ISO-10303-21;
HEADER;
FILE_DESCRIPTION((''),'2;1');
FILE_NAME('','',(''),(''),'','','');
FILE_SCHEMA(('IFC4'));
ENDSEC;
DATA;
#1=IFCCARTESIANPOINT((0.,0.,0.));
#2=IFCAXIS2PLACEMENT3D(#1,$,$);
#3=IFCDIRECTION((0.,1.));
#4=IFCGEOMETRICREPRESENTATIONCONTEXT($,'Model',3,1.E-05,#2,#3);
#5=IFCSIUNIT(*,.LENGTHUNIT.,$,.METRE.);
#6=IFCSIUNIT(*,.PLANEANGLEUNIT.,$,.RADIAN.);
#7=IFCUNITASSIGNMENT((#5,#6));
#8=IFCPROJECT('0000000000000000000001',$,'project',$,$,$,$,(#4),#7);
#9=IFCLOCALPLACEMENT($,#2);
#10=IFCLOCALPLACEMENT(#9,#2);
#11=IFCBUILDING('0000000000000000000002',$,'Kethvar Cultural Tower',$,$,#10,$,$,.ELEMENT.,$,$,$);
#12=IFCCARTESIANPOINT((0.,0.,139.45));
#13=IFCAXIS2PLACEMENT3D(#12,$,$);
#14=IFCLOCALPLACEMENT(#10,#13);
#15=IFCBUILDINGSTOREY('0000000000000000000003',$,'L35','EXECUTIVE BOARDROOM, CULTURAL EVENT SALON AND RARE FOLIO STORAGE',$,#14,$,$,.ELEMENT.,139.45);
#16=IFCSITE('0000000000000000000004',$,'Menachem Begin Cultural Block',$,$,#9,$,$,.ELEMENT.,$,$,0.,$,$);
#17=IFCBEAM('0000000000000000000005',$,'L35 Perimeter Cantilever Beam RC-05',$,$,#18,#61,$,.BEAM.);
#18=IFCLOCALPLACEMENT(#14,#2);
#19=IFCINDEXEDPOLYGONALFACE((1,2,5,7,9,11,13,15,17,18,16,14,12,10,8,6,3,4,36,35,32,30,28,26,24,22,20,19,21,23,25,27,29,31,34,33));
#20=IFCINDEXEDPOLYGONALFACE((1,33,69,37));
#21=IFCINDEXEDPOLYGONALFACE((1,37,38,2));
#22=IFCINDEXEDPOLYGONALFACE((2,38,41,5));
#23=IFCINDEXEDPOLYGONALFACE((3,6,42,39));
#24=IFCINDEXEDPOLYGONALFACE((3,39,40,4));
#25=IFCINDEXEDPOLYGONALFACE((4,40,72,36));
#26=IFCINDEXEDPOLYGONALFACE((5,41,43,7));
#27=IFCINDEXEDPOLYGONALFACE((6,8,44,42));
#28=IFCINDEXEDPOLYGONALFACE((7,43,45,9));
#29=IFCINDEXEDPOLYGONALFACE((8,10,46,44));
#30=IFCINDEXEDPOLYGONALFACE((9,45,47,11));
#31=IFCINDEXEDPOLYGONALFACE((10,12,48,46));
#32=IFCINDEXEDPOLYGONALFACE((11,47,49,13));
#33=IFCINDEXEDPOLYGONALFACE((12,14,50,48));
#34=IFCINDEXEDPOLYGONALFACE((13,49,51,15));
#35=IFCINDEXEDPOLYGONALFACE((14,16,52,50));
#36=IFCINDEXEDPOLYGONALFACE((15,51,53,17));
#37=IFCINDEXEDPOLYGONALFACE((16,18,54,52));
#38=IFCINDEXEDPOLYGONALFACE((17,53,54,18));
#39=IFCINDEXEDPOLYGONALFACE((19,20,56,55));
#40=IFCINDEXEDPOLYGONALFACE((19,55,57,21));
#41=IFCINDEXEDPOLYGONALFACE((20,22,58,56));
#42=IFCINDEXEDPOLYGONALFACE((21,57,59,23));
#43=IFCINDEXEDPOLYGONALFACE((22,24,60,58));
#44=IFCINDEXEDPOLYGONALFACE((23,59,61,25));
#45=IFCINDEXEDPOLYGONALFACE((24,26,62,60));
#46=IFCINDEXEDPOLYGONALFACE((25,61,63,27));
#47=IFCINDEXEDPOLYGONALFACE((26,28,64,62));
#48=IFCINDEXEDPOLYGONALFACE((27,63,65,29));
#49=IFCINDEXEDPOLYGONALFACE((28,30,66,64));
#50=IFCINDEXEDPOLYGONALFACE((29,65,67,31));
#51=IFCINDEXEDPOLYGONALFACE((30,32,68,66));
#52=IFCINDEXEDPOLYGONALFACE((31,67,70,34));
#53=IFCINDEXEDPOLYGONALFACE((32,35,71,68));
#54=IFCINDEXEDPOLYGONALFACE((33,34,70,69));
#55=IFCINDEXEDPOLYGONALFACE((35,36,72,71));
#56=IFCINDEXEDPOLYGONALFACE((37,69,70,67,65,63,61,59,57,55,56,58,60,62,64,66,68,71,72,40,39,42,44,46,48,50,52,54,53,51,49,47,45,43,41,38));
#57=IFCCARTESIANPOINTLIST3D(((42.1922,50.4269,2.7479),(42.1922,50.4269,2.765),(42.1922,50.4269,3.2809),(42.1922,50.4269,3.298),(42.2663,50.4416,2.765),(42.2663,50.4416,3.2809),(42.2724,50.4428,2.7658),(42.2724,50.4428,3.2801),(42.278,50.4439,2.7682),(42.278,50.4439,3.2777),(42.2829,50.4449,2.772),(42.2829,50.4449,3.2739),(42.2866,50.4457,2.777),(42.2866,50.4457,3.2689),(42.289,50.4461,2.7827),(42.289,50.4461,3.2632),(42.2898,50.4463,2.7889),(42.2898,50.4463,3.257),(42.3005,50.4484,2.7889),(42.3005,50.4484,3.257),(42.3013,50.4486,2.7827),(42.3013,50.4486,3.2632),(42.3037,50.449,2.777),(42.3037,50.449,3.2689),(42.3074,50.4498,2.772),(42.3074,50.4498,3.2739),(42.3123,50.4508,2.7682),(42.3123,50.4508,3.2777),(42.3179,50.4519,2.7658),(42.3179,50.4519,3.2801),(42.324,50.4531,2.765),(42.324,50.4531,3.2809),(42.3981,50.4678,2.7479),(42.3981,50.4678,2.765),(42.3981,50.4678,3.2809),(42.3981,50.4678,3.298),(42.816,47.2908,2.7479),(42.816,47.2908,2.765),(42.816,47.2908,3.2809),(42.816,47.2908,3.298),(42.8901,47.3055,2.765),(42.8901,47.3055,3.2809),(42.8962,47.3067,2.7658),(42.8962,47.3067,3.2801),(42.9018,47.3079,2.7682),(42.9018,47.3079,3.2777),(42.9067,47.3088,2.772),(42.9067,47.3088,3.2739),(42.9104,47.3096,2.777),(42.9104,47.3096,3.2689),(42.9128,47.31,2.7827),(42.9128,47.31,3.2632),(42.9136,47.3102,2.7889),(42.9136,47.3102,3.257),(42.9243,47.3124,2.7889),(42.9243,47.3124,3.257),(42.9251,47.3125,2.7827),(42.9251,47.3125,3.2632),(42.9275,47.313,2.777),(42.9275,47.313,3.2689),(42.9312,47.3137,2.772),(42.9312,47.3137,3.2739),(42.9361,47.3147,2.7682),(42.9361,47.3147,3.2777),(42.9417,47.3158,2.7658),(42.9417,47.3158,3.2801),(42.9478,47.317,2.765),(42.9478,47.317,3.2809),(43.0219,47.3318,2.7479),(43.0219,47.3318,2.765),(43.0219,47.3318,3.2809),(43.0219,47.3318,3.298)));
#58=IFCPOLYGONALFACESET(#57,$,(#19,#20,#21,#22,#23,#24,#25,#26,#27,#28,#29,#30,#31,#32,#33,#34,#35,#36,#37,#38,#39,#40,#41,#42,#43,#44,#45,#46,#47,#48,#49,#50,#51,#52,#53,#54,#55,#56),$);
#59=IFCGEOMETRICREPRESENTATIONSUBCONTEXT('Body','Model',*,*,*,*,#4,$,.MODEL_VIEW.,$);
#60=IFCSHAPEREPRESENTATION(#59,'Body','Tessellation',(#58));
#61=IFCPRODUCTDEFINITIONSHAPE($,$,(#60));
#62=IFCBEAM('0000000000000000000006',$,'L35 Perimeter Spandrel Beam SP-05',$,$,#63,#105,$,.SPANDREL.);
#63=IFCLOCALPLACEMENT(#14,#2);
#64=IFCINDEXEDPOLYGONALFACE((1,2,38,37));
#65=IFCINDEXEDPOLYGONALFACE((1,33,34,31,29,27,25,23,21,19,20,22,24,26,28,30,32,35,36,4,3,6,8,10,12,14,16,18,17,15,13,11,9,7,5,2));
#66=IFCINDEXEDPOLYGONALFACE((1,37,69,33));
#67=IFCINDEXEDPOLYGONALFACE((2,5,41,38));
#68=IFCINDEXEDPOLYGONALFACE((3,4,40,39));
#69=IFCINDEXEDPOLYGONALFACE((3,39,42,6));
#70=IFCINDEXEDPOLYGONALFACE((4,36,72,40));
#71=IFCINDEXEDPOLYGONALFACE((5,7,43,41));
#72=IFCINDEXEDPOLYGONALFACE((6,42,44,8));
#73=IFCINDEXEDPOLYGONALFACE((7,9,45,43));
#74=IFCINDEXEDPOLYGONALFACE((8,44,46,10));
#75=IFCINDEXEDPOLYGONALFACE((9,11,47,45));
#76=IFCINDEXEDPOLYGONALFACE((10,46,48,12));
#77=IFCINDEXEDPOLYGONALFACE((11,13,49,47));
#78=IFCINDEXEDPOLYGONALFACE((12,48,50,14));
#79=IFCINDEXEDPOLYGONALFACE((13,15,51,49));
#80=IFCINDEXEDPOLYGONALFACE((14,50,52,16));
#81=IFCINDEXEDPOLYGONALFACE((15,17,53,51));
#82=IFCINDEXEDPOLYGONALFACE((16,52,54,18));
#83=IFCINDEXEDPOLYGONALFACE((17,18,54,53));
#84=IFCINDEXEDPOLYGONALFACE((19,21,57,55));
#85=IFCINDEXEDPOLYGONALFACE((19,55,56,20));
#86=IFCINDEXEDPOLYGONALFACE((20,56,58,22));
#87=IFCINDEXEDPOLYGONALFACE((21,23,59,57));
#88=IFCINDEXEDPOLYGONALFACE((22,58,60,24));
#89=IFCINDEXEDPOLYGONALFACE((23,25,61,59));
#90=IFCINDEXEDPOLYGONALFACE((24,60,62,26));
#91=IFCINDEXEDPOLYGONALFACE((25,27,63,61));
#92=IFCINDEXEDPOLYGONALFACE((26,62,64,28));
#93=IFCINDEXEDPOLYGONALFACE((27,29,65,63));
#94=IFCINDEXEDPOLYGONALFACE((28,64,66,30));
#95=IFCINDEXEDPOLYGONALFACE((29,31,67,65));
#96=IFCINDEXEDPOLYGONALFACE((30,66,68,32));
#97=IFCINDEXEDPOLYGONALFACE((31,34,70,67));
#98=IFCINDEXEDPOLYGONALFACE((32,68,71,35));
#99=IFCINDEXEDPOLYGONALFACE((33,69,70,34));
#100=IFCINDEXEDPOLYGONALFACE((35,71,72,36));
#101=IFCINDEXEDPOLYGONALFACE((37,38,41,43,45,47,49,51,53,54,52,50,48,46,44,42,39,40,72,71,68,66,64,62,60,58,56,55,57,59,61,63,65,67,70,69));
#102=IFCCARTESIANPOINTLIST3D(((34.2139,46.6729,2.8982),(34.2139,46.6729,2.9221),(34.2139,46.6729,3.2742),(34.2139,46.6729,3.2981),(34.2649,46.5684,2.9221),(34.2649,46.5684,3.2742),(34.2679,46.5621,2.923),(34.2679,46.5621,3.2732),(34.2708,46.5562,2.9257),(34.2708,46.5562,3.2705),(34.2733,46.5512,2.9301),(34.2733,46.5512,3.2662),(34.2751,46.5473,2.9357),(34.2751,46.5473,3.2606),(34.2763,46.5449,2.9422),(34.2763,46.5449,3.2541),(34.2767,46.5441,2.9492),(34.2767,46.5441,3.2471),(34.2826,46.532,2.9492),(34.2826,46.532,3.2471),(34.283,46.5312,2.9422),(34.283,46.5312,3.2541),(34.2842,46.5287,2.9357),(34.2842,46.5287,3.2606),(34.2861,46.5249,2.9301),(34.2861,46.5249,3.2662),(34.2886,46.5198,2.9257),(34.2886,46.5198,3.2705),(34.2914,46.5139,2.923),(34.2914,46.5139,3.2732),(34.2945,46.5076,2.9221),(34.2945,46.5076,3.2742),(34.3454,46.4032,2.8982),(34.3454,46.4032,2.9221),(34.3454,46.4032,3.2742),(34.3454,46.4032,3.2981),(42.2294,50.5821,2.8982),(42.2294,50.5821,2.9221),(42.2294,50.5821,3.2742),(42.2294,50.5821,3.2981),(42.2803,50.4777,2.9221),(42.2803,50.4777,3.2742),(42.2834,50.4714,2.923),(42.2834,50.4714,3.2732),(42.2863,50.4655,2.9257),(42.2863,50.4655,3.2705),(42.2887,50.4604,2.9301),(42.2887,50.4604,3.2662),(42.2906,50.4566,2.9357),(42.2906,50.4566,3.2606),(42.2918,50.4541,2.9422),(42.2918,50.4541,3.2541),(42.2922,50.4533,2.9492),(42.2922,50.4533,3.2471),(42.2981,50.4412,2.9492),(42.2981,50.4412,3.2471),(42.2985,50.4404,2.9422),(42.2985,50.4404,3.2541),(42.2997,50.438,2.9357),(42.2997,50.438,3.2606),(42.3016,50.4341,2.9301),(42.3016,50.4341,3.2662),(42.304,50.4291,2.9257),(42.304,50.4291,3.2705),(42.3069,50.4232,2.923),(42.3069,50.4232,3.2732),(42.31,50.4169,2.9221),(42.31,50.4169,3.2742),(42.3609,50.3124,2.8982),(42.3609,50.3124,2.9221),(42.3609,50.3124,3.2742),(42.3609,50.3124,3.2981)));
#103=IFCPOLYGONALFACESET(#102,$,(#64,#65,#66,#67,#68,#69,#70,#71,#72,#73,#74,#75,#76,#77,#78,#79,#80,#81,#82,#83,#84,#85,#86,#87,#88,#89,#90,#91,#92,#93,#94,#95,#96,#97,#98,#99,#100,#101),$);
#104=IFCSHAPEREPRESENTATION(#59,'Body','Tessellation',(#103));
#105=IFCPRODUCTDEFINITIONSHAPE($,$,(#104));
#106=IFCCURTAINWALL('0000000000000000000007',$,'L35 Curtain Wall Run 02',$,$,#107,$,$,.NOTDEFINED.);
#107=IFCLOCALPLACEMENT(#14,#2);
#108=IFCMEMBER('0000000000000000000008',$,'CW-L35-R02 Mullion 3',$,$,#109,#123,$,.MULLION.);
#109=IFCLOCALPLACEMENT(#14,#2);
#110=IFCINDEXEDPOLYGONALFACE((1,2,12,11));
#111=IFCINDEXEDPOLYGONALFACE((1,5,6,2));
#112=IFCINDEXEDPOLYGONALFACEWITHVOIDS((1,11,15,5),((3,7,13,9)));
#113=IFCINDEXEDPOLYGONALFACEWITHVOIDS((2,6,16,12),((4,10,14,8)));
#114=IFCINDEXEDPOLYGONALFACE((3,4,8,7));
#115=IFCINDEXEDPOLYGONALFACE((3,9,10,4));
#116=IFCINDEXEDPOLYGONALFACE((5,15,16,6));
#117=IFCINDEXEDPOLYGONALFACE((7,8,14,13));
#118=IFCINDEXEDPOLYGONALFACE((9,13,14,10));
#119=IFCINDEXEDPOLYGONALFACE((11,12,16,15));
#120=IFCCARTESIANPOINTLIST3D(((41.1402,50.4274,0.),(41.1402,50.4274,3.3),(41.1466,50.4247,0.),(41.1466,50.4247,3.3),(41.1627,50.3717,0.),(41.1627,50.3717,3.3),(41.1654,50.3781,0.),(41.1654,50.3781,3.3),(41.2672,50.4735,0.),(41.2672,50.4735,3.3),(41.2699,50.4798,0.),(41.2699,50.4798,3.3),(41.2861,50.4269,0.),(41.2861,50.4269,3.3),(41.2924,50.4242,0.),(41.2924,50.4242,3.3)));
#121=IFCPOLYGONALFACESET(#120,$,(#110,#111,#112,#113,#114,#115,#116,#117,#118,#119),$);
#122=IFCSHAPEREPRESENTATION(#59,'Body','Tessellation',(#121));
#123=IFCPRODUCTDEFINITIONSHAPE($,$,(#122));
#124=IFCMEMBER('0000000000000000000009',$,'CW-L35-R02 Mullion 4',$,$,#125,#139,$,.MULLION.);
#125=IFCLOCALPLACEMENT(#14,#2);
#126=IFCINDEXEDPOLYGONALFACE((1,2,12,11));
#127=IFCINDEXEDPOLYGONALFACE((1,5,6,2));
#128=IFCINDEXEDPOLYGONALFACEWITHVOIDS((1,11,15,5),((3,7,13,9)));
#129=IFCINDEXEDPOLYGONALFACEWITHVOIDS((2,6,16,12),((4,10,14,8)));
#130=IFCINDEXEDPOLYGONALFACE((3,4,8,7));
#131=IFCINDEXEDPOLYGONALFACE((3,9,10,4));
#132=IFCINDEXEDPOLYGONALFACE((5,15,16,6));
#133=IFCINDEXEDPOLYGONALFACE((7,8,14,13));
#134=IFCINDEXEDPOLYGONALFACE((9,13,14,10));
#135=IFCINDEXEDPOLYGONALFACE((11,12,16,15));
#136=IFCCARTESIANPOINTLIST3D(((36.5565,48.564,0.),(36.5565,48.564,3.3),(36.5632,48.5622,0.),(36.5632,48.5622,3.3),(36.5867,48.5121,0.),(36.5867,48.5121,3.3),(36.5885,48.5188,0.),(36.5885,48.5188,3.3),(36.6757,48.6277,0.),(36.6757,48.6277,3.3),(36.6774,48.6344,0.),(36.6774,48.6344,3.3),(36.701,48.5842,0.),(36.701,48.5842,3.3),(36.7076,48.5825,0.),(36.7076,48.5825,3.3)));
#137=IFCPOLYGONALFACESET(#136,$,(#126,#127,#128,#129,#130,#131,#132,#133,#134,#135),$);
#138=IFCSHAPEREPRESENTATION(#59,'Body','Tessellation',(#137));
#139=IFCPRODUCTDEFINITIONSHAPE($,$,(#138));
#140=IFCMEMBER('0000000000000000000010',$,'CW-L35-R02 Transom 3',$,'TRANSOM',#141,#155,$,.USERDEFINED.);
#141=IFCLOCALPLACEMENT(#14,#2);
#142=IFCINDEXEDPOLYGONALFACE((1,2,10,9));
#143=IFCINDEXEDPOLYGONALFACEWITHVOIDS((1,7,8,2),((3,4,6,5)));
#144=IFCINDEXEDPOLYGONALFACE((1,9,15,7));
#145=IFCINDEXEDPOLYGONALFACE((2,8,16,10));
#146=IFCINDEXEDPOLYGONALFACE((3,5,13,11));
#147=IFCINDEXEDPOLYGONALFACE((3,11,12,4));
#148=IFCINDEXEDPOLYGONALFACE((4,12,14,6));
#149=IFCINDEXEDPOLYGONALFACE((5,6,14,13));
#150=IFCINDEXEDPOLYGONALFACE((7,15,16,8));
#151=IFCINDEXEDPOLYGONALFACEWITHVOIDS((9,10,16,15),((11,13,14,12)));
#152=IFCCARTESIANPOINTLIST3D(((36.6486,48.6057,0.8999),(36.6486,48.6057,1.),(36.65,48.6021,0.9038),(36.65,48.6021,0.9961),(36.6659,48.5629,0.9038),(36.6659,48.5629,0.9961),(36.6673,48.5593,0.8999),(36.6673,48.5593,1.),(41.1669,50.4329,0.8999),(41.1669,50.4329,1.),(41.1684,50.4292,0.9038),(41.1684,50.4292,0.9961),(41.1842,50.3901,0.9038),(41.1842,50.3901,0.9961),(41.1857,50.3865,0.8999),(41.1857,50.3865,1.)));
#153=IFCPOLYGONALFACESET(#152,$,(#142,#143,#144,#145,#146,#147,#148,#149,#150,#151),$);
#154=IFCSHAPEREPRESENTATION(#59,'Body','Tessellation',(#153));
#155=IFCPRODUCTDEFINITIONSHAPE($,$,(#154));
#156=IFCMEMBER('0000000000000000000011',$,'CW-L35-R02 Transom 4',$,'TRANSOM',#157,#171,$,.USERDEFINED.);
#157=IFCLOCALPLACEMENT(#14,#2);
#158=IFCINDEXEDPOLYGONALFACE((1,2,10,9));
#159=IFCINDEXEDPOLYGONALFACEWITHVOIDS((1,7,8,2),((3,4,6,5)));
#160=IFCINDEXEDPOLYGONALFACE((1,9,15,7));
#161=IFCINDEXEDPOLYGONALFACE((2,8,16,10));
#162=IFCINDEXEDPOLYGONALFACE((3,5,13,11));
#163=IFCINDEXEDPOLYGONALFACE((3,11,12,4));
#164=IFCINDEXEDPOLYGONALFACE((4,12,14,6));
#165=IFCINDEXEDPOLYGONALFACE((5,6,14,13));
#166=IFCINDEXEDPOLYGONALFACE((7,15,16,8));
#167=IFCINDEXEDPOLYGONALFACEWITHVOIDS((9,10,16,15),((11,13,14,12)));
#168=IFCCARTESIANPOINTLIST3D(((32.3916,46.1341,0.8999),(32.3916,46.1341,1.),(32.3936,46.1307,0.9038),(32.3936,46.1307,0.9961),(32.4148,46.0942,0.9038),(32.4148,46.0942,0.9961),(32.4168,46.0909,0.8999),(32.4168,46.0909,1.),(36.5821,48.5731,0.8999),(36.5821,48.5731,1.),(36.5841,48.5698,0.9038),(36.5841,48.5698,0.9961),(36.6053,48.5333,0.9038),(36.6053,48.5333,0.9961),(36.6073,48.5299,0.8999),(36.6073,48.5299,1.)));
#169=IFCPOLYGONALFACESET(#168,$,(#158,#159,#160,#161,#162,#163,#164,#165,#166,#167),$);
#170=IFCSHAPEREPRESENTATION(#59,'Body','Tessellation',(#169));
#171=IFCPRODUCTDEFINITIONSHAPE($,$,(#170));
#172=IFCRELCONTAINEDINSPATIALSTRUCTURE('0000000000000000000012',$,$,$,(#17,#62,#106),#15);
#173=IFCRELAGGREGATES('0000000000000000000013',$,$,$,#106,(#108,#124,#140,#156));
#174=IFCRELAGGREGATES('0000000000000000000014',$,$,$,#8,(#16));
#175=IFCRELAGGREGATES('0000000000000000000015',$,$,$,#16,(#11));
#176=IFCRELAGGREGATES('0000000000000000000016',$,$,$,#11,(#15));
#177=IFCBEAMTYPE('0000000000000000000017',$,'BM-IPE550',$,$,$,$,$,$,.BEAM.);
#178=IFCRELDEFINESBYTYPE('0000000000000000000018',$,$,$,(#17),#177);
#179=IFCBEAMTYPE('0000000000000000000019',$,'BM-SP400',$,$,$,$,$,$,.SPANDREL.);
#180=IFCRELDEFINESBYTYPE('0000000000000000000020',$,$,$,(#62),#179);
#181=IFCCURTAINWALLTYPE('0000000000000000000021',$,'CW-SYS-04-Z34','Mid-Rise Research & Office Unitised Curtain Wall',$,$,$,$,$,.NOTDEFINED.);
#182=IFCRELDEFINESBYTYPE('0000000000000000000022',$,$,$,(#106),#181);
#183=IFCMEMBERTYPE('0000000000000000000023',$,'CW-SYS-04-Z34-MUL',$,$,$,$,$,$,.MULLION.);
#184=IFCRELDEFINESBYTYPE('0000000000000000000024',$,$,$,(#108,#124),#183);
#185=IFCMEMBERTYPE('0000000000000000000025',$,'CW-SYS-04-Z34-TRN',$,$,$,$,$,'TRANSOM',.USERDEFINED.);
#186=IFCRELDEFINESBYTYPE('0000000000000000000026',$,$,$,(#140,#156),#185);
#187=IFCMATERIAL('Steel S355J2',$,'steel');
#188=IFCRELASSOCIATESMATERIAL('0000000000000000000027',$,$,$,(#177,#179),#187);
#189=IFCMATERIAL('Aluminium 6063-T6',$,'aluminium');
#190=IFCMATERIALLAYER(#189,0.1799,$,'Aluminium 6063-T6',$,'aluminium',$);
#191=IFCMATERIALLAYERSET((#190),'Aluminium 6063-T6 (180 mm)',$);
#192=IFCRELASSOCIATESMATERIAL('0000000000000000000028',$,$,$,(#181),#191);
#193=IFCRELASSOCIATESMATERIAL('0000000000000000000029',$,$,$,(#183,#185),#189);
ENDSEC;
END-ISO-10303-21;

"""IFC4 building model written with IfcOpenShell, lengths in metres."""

from ifc_helpers import new_model, si_unit, direction, frame, origin, origin_2d, place, context, subcontext, project, spatial, hollow_rectangle, i_section, extrude, source, transform, mapped, material, layer, layer_set, material_profile, profile_set, type_object, element, aggregate, save


model = new_model("IFC4")

# Units and contexts
model_context = context("Model", 3, precision=1e-05, world=origin(), true_north=direction((0.0, 1.0)))
body_context = subcontext(model_context, "Body", "Model", "MODEL_VIEW")
ifc_project = project(units=[si_unit("LENGTHUNIT", "METRE"), si_unit("PLANEANGLEUNIT", "RADIAN")], contexts=[model_context])

# Site, building, storey
site_placement = place(None, origin())
site = spatial("IfcSite", under=ifc_project, at=site_placement, Name="Menachem Begin Cultural Block", CompositionType="ELEMENT", RefElevation=0.0)
building_placement = place(site_placement, origin())
building = spatial("IfcBuilding", under=site, at=building_placement, Name="Kethvar Cultural Tower", CompositionType="ELEMENT")
storey_placement = place(building_placement, frame((0.0, 0.0, 139.45)))
storey = spatial("IfcBuildingStorey", under=building, at=storey_placement, Name="L35", Description="EXECUTIVE BOARDROOM, CULTURAL EVENT SALON AND RARE FOLIO STORAGE", CompositionType="ELEMENT", Elevation=139.45)

# Beams
ifc_material_1 = material(Name="Steel S355J2", Category="steel")
ifc_material_profile_1 = material_profile(ifc_material_1, i_section(OverallWidth=0.21, OverallDepth=0.55, WebThickness=0.011, FlangeThickness=0.0171, FilletRadius=0.0239, at=origin_2d()), Name="Steel S355J2 — IPE550")
ifc_profile_set_1 = profile_set([ifc_material_profile_1], Name="Steel S355J2 — IPE550")
beam_type_1 = type_object("IfcBeamType", Name="BM-IPE550", PredefinedType="BEAM", material=ifc_profile_set_1)
shared_shape_1 = source(origin(), body_context, "Body", "SweptSolid", [
    extrude(i_section(OverallWidth=0.21, OverallDepth=0.55, WebThickness=0.011, FlangeThickness=0.0171, FilletRadius=0.0239, at=origin_2d()), origin(), (0.0, 0.0, 1.0), 3.1975),
])
beam_1_placement = place(storey_placement, frame((42.9189, 47.3113, 3.0229), z_axis=(-0.195088, 0.980786, 0.0), x_axis=(-0.980786, -0.195088, 0.0)))
element("IfcBeam", 1, at=beam_1_placement, inside=storey, type_object=beam_type_1, Name="L35 Perimeter Cantilever Beam RC-05", PredefinedType="BEAM", context=body_context, shape_type="MappedRepresentation", body=[
    mapped(shared_shape_1, transform((0.0, 0.0, 0.0), scale=1.0)),
])
ifc_material_profile_2 = material_profile(ifc_material_1, i_section(OverallWidth=0.3, OverallDepth=0.3999, WebThickness=0.0134, FlangeThickness=0.0239, FilletRadius=0.0271, at=origin_2d()), Name="Steel S355J2 — HEB400")
ifc_profile_set_2 = profile_set([ifc_material_profile_2], Name="Steel S355J2 — HEB400")
beam_type_2 = type_object("IfcBeamType", Name="BM-SP400", PredefinedType="SPANDREL", material=ifc_profile_set_2)
shared_shape_2 = source(origin(), body_context, "Body", "SweptSolid", [
    extrude(i_section(OverallWidth=0.3, OverallDepth=0.3999, WebThickness=0.0134, FlangeThickness=0.0239, FilletRadius=0.0271, at=origin_2d()), origin(), (0.0, 0.0, 1.0), 8.918),
])
beam_2_placement = place(storey_placement, frame((42.2952, 50.4473, 3.0981), z_axis=(-0.898802, -0.438355, 0.0), x_axis=(0.438355, -0.898802, 0.0)))
element("IfcBeam", 2, at=beam_2_placement, inside=storey, type_object=beam_type_2, Name="L35 Perimeter Spandrel Beam SP-05", PredefinedType="SPANDREL", context=body_context, shape_type="MappedRepresentation", body=[
    mapped(shared_shape_2, transform((0.0, 0.0, 0.0), scale=1.0)),
])

# Curtain wall, members
ifc_material_2 = material(Name="Aluminium 6063-T6", Category="aluminium")
ifc_layer_1 = layer(ifc_material_2, 0.1799, Name="Aluminium 6063-T6", Category="aluminium")
ifc_layer_set_1 = layer_set([ifc_layer_1], Name="Aluminium 6063-T6 (180 mm)")
curtain_wall_type = type_object("IfcCurtainWallType", Name="CW-SYS-04-Z34", Description="Mid-Rise Research & Office Unitised Curtain Wall", PredefinedType="NOTDEFINED", material=ifc_layer_set_1)
curtain_wall_placement = place(storey_placement, origin())
curtain_wall = element("IfcCurtainWall", 3, at=curtain_wall_placement, inside=storey, type_object=curtain_wall_type, Name="L35 Curtain Wall Run 02", PredefinedType="NOTDEFINED")
ifc_material_profile_3 = material_profile(ifc_material_2, hollow_rectangle(XDim=0.0601, YDim=0.1399, WallThickness=0.0049, at=origin_2d()), Name="Aluminium 6063-T6 — RHS140x60x5")
ifc_profile_set_3 = profile_set([ifc_material_profile_3], Name="Aluminium 6063-T6 — RHS140x60x5")
member_type_1 = type_object("IfcMemberType", Name="CW-SYS-04-Z34-MUL", PredefinedType="MULLION", material=ifc_profile_set_3)
shared_shape_3 = source(origin(), body_context, "Body", "SweptSolid", [
    extrude(hollow_rectangle(XDim=0.0601, YDim=0.1399, WallThickness=0.0049, at=origin_2d()), origin(), (0.0, 0.0, 1.0), 3.3),
])
member_1_placement = place(storey_placement, frame((41.2163, 50.4258, 0.0), z_axis=(0.0, 0.0, 1.0), x_axis=(0.374898, -0.927066, 0.0)))
member_1 = element("IfcMember", 4, at=member_1_placement, type_object=member_type_1, Name="CW-L35-R02 Mullion 3", PredefinedType="MULLION", context=body_context, shape_type="MappedRepresentation", body=[
    mapped(shared_shape_3, transform((0.0, 0.0, 0.0), scale=1.0)),
])
member_2_placement = place(storey_placement, frame((36.6321, 48.5732, 0.0), z_axis=(0.0, 0.0, 1.0), x_axis=(0.503065, -0.864248, 0.0)))
member_2 = element("IfcMember", 5, at=member_2_placement, type_object=member_type_1, Name="CW-L35-R02 Mullion 4", PredefinedType="MULLION", context=body_context, shape_type="MappedRepresentation", body=[
    mapped(shared_shape_3, transform((0.0, 0.0, 0.0), scale=1.0)),
])
ifc_material_profile_4 = material_profile(ifc_material_2, hollow_rectangle(XDim=0.05, YDim=0.1001, WallThickness=0.0039, at=origin_2d()), Name="Aluminium 6063-T6 — RHS100x50x4")
ifc_profile_set_4 = profile_set([ifc_material_profile_4], Name="Aluminium 6063-T6 — RHS100x50x4")
member_type_2 = type_object("IfcMemberType", Name="CW-SYS-04-Z34-TRN", ElementType="TRANSOM", PredefinedType="USERDEFINED", material=ifc_profile_set_4)
shared_shape_4 = source(origin(), body_context, "Body", "SweptSolid", [
    extrude(hollow_rectangle(XDim=0.05, YDim=0.1001, WallThickness=0.0039, at=origin_2d()), origin(), (0.0, 0.0, 1.0), 4.8738),
])
member_3_placement = place(storey_placement, frame((41.1763, 50.4097, 0.95), z_axis=(-0.927067, -0.374895, 0.0), x_axis=(0.374895, -0.927067, 0.0)))
member_3 = element("IfcMember", 6, at=member_3_placement, type_object=member_type_2, Name="CW-L35-R02 Transom 3", ObjectType="TRANSOM", PredefinedType="USERDEFINED", context=body_context, shape_type="MappedRepresentation", body=[
    mapped(shared_shape_4, transform((0.0, 0.0, 0.0), scale=1.0)),
])
shared_shape_5 = source(origin(), body_context, "Body", "SweptSolid", [
    extrude(hollow_rectangle(XDim=0.05, YDim=0.1001, WallThickness=0.0039, at=origin_2d()), origin(), (0.0, 0.0, 1.0), 4.8486),
])
member_4_placement = place(storey_placement, frame((36.5947, 48.5515, 0.95), z_axis=(-0.864268, -0.503032, 0.0), x_axis=(0.503032, -0.864268, 0.0)))
member_4 = element("IfcMember", 7, at=member_4_placement, type_object=member_type_2, Name="CW-L35-R02 Transom 4", ObjectType="TRANSOM", PredefinedType="USERDEFINED", context=body_context, shape_type="MappedRepresentation", body=[
    mapped(shared_shape_5, transform((0.0, 0.0, 0.0), scale=1.0)),
])
aggregate(curtain_wall, [member_1, member_2, member_3, member_4])

save(model, "model.ifc")
